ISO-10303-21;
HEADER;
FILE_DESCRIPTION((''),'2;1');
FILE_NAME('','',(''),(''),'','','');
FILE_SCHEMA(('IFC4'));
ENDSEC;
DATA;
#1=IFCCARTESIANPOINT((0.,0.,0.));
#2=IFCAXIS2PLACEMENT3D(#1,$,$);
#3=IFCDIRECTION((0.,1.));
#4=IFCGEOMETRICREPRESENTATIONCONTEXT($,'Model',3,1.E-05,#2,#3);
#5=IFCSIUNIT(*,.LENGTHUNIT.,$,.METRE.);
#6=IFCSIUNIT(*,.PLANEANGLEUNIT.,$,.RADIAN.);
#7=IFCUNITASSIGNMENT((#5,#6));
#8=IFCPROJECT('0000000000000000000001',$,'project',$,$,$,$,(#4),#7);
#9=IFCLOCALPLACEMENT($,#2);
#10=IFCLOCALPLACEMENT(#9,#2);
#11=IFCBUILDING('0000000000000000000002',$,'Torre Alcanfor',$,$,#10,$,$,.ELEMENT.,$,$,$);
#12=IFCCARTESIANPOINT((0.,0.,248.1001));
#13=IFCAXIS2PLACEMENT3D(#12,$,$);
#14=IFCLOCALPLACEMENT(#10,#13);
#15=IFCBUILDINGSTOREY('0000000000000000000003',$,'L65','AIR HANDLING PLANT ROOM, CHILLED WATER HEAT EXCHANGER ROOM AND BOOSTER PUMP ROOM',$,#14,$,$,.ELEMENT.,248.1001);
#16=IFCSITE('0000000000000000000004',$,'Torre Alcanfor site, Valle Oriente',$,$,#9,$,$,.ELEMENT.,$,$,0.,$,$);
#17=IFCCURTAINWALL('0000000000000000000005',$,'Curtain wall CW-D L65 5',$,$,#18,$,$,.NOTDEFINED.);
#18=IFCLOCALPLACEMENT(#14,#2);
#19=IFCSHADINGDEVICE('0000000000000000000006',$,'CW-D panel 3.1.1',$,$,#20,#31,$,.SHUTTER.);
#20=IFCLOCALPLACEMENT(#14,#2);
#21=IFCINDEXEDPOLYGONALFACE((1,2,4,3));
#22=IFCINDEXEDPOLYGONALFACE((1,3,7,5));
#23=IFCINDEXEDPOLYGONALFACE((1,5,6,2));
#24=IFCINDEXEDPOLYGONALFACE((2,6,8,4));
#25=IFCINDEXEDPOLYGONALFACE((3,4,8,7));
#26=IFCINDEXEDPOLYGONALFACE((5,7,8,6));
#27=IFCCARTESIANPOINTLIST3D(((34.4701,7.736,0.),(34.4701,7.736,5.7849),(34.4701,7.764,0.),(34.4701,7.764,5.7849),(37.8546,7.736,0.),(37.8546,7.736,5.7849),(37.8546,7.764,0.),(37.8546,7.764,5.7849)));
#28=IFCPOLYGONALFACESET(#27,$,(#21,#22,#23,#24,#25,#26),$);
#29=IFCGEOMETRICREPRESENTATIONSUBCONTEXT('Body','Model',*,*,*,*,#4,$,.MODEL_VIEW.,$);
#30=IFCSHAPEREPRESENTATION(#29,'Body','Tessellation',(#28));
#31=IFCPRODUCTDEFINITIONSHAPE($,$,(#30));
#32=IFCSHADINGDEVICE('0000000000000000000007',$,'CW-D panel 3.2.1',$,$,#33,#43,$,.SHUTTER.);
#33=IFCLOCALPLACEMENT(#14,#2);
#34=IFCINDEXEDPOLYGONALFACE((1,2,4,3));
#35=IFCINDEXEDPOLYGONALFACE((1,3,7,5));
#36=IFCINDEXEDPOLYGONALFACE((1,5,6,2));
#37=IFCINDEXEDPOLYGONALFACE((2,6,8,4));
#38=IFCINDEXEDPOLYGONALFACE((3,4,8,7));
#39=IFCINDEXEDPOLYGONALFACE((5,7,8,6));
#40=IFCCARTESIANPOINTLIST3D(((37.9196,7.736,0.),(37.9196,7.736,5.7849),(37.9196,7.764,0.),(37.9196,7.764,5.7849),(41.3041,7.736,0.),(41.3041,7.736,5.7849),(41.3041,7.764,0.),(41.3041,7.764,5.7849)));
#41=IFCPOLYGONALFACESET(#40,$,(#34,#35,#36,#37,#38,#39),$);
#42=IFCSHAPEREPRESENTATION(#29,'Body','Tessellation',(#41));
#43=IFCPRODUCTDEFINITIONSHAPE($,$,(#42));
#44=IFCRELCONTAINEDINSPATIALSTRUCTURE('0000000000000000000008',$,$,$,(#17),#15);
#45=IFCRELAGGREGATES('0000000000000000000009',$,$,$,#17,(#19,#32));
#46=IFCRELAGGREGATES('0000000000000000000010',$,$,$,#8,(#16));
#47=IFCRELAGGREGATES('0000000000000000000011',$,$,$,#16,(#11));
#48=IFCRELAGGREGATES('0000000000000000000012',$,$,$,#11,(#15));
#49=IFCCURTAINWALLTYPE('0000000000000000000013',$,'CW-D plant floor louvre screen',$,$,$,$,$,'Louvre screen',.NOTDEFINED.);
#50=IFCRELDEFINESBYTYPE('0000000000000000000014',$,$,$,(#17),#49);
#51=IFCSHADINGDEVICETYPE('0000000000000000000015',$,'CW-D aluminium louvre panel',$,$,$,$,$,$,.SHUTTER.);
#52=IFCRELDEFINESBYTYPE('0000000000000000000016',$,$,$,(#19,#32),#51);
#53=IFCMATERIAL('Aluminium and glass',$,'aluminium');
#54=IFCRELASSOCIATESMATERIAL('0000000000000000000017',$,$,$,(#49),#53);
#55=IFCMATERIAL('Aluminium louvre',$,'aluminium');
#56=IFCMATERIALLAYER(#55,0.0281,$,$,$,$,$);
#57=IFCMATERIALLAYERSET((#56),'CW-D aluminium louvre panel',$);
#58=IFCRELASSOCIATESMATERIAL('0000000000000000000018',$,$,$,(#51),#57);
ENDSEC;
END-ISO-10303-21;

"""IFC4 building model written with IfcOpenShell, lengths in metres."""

from ifc_helpers import new_model, si_unit, direction, frame, origin, origin_2d, place, context, subcontext, project, spatial, rectangle, extrude, material, layer, layer_set, type_object, element, aggregate, save


model = new_model("IFC4")

# Units and contexts
model_context = context("Model", 3, precision=1e-05, world=origin(), true_north=direction((0.0, 1.0)))
body_context = subcontext(model_context, "Body", "Model", "MODEL_VIEW")
ifc_project = project(units=[si_unit("LENGTHUNIT", "METRE"), si_unit("PLANEANGLEUNIT", "RADIAN")], contexts=[model_context])

# Site, building, storey
site_placement = place(None, origin())
site = spatial("IfcSite", under=ifc_project, at=site_placement, Name="Torre Alcanfor site, Valle Oriente", CompositionType="ELEMENT", RefElevation=0.0)
building_placement = place(site_placement, origin())
building = spatial("IfcBuilding", under=site, at=building_placement, Name="Torre Alcanfor", CompositionType="ELEMENT")
storey_placement = place(building_placement, frame((0.0, 0.0, 248.1001)))
storey = spatial("IfcBuildingStorey", under=building, at=storey_placement, Name="L65", Description="AIR HANDLING PLANT ROOM, CHILLED WATER HEAT EXCHANGER ROOM AND BOOSTER PUMP ROOM", CompositionType="ELEMENT", Elevation=248.1001)

# Curtain wall
ifc_material_1 = material(Name="Aluminium and glass", Category="aluminium")
curtain_wall_type = type_object("IfcCurtainWallType", Name="CW-D plant floor louvre screen", ElementType="Louvre screen", PredefinedType="NOTDEFINED", material=ifc_material_1)
curtain_wall_placement = place(storey_placement, origin())
curtain_wall = element("IfcCurtainWall", 1, at=curtain_wall_placement, inside=storey, type_object=curtain_wall_type, Name="Curtain wall CW-D L65 5", PredefinedType="NOTDEFINED")

# Shading devices
ifc_material_2 = material(Name="Aluminium louvre", Category="aluminium")
ifc_layer_1 = layer(ifc_material_2, 0.0281)
ifc_layer_set_1 = layer_set([ifc_layer_1], Name="CW-D aluminium louvre panel")
shading_device_type = type_object("IfcShadingDeviceType", Name="CW-D aluminium louvre panel", PredefinedType="SHUTTER", material=ifc_layer_set_1)
shading_device_1_placement = place(storey_placement, frame((36.1624, 7.75, 0.0), z_axis=(0.0, 0.0, 1.0), x_axis=(1.0, 0.0, 0.0)))
shading_device_1 = element("IfcShadingDevice", 2, at=shading_device_1_placement, type_object=shading_device_type, Name="CW-D panel 3.1.1", PredefinedType="SHUTTER", context=body_context, shape_type="SweptSolid", body=[
    extrude(rectangle(XDim=3.3845, YDim=0.0281, at=origin_2d()), origin(), (0.0, 0.0, 1.0), 5.7849),
])
shading_device_2_placement = place(storey_placement, frame((39.6118, 7.75, 0.0), z_axis=(0.0, 0.0, 1.0), x_axis=(1.0, 0.0, 0.0)))
shading_device_2 = element("IfcShadingDevice", 3, at=shading_device_2_placement, type_object=shading_device_type, Name="CW-D panel 3.2.1", PredefinedType="SHUTTER", context=body_context, shape_type="SweptSolid", body=[
    extrude(rectangle(XDim=3.3845, YDim=0.0281, at=origin_2d()), origin(), (0.0, 0.0, 1.0), 5.7849),
])
aggregate(curtain_wall, [shading_device_1, shading_device_2])

save(model, "model.ifc")
